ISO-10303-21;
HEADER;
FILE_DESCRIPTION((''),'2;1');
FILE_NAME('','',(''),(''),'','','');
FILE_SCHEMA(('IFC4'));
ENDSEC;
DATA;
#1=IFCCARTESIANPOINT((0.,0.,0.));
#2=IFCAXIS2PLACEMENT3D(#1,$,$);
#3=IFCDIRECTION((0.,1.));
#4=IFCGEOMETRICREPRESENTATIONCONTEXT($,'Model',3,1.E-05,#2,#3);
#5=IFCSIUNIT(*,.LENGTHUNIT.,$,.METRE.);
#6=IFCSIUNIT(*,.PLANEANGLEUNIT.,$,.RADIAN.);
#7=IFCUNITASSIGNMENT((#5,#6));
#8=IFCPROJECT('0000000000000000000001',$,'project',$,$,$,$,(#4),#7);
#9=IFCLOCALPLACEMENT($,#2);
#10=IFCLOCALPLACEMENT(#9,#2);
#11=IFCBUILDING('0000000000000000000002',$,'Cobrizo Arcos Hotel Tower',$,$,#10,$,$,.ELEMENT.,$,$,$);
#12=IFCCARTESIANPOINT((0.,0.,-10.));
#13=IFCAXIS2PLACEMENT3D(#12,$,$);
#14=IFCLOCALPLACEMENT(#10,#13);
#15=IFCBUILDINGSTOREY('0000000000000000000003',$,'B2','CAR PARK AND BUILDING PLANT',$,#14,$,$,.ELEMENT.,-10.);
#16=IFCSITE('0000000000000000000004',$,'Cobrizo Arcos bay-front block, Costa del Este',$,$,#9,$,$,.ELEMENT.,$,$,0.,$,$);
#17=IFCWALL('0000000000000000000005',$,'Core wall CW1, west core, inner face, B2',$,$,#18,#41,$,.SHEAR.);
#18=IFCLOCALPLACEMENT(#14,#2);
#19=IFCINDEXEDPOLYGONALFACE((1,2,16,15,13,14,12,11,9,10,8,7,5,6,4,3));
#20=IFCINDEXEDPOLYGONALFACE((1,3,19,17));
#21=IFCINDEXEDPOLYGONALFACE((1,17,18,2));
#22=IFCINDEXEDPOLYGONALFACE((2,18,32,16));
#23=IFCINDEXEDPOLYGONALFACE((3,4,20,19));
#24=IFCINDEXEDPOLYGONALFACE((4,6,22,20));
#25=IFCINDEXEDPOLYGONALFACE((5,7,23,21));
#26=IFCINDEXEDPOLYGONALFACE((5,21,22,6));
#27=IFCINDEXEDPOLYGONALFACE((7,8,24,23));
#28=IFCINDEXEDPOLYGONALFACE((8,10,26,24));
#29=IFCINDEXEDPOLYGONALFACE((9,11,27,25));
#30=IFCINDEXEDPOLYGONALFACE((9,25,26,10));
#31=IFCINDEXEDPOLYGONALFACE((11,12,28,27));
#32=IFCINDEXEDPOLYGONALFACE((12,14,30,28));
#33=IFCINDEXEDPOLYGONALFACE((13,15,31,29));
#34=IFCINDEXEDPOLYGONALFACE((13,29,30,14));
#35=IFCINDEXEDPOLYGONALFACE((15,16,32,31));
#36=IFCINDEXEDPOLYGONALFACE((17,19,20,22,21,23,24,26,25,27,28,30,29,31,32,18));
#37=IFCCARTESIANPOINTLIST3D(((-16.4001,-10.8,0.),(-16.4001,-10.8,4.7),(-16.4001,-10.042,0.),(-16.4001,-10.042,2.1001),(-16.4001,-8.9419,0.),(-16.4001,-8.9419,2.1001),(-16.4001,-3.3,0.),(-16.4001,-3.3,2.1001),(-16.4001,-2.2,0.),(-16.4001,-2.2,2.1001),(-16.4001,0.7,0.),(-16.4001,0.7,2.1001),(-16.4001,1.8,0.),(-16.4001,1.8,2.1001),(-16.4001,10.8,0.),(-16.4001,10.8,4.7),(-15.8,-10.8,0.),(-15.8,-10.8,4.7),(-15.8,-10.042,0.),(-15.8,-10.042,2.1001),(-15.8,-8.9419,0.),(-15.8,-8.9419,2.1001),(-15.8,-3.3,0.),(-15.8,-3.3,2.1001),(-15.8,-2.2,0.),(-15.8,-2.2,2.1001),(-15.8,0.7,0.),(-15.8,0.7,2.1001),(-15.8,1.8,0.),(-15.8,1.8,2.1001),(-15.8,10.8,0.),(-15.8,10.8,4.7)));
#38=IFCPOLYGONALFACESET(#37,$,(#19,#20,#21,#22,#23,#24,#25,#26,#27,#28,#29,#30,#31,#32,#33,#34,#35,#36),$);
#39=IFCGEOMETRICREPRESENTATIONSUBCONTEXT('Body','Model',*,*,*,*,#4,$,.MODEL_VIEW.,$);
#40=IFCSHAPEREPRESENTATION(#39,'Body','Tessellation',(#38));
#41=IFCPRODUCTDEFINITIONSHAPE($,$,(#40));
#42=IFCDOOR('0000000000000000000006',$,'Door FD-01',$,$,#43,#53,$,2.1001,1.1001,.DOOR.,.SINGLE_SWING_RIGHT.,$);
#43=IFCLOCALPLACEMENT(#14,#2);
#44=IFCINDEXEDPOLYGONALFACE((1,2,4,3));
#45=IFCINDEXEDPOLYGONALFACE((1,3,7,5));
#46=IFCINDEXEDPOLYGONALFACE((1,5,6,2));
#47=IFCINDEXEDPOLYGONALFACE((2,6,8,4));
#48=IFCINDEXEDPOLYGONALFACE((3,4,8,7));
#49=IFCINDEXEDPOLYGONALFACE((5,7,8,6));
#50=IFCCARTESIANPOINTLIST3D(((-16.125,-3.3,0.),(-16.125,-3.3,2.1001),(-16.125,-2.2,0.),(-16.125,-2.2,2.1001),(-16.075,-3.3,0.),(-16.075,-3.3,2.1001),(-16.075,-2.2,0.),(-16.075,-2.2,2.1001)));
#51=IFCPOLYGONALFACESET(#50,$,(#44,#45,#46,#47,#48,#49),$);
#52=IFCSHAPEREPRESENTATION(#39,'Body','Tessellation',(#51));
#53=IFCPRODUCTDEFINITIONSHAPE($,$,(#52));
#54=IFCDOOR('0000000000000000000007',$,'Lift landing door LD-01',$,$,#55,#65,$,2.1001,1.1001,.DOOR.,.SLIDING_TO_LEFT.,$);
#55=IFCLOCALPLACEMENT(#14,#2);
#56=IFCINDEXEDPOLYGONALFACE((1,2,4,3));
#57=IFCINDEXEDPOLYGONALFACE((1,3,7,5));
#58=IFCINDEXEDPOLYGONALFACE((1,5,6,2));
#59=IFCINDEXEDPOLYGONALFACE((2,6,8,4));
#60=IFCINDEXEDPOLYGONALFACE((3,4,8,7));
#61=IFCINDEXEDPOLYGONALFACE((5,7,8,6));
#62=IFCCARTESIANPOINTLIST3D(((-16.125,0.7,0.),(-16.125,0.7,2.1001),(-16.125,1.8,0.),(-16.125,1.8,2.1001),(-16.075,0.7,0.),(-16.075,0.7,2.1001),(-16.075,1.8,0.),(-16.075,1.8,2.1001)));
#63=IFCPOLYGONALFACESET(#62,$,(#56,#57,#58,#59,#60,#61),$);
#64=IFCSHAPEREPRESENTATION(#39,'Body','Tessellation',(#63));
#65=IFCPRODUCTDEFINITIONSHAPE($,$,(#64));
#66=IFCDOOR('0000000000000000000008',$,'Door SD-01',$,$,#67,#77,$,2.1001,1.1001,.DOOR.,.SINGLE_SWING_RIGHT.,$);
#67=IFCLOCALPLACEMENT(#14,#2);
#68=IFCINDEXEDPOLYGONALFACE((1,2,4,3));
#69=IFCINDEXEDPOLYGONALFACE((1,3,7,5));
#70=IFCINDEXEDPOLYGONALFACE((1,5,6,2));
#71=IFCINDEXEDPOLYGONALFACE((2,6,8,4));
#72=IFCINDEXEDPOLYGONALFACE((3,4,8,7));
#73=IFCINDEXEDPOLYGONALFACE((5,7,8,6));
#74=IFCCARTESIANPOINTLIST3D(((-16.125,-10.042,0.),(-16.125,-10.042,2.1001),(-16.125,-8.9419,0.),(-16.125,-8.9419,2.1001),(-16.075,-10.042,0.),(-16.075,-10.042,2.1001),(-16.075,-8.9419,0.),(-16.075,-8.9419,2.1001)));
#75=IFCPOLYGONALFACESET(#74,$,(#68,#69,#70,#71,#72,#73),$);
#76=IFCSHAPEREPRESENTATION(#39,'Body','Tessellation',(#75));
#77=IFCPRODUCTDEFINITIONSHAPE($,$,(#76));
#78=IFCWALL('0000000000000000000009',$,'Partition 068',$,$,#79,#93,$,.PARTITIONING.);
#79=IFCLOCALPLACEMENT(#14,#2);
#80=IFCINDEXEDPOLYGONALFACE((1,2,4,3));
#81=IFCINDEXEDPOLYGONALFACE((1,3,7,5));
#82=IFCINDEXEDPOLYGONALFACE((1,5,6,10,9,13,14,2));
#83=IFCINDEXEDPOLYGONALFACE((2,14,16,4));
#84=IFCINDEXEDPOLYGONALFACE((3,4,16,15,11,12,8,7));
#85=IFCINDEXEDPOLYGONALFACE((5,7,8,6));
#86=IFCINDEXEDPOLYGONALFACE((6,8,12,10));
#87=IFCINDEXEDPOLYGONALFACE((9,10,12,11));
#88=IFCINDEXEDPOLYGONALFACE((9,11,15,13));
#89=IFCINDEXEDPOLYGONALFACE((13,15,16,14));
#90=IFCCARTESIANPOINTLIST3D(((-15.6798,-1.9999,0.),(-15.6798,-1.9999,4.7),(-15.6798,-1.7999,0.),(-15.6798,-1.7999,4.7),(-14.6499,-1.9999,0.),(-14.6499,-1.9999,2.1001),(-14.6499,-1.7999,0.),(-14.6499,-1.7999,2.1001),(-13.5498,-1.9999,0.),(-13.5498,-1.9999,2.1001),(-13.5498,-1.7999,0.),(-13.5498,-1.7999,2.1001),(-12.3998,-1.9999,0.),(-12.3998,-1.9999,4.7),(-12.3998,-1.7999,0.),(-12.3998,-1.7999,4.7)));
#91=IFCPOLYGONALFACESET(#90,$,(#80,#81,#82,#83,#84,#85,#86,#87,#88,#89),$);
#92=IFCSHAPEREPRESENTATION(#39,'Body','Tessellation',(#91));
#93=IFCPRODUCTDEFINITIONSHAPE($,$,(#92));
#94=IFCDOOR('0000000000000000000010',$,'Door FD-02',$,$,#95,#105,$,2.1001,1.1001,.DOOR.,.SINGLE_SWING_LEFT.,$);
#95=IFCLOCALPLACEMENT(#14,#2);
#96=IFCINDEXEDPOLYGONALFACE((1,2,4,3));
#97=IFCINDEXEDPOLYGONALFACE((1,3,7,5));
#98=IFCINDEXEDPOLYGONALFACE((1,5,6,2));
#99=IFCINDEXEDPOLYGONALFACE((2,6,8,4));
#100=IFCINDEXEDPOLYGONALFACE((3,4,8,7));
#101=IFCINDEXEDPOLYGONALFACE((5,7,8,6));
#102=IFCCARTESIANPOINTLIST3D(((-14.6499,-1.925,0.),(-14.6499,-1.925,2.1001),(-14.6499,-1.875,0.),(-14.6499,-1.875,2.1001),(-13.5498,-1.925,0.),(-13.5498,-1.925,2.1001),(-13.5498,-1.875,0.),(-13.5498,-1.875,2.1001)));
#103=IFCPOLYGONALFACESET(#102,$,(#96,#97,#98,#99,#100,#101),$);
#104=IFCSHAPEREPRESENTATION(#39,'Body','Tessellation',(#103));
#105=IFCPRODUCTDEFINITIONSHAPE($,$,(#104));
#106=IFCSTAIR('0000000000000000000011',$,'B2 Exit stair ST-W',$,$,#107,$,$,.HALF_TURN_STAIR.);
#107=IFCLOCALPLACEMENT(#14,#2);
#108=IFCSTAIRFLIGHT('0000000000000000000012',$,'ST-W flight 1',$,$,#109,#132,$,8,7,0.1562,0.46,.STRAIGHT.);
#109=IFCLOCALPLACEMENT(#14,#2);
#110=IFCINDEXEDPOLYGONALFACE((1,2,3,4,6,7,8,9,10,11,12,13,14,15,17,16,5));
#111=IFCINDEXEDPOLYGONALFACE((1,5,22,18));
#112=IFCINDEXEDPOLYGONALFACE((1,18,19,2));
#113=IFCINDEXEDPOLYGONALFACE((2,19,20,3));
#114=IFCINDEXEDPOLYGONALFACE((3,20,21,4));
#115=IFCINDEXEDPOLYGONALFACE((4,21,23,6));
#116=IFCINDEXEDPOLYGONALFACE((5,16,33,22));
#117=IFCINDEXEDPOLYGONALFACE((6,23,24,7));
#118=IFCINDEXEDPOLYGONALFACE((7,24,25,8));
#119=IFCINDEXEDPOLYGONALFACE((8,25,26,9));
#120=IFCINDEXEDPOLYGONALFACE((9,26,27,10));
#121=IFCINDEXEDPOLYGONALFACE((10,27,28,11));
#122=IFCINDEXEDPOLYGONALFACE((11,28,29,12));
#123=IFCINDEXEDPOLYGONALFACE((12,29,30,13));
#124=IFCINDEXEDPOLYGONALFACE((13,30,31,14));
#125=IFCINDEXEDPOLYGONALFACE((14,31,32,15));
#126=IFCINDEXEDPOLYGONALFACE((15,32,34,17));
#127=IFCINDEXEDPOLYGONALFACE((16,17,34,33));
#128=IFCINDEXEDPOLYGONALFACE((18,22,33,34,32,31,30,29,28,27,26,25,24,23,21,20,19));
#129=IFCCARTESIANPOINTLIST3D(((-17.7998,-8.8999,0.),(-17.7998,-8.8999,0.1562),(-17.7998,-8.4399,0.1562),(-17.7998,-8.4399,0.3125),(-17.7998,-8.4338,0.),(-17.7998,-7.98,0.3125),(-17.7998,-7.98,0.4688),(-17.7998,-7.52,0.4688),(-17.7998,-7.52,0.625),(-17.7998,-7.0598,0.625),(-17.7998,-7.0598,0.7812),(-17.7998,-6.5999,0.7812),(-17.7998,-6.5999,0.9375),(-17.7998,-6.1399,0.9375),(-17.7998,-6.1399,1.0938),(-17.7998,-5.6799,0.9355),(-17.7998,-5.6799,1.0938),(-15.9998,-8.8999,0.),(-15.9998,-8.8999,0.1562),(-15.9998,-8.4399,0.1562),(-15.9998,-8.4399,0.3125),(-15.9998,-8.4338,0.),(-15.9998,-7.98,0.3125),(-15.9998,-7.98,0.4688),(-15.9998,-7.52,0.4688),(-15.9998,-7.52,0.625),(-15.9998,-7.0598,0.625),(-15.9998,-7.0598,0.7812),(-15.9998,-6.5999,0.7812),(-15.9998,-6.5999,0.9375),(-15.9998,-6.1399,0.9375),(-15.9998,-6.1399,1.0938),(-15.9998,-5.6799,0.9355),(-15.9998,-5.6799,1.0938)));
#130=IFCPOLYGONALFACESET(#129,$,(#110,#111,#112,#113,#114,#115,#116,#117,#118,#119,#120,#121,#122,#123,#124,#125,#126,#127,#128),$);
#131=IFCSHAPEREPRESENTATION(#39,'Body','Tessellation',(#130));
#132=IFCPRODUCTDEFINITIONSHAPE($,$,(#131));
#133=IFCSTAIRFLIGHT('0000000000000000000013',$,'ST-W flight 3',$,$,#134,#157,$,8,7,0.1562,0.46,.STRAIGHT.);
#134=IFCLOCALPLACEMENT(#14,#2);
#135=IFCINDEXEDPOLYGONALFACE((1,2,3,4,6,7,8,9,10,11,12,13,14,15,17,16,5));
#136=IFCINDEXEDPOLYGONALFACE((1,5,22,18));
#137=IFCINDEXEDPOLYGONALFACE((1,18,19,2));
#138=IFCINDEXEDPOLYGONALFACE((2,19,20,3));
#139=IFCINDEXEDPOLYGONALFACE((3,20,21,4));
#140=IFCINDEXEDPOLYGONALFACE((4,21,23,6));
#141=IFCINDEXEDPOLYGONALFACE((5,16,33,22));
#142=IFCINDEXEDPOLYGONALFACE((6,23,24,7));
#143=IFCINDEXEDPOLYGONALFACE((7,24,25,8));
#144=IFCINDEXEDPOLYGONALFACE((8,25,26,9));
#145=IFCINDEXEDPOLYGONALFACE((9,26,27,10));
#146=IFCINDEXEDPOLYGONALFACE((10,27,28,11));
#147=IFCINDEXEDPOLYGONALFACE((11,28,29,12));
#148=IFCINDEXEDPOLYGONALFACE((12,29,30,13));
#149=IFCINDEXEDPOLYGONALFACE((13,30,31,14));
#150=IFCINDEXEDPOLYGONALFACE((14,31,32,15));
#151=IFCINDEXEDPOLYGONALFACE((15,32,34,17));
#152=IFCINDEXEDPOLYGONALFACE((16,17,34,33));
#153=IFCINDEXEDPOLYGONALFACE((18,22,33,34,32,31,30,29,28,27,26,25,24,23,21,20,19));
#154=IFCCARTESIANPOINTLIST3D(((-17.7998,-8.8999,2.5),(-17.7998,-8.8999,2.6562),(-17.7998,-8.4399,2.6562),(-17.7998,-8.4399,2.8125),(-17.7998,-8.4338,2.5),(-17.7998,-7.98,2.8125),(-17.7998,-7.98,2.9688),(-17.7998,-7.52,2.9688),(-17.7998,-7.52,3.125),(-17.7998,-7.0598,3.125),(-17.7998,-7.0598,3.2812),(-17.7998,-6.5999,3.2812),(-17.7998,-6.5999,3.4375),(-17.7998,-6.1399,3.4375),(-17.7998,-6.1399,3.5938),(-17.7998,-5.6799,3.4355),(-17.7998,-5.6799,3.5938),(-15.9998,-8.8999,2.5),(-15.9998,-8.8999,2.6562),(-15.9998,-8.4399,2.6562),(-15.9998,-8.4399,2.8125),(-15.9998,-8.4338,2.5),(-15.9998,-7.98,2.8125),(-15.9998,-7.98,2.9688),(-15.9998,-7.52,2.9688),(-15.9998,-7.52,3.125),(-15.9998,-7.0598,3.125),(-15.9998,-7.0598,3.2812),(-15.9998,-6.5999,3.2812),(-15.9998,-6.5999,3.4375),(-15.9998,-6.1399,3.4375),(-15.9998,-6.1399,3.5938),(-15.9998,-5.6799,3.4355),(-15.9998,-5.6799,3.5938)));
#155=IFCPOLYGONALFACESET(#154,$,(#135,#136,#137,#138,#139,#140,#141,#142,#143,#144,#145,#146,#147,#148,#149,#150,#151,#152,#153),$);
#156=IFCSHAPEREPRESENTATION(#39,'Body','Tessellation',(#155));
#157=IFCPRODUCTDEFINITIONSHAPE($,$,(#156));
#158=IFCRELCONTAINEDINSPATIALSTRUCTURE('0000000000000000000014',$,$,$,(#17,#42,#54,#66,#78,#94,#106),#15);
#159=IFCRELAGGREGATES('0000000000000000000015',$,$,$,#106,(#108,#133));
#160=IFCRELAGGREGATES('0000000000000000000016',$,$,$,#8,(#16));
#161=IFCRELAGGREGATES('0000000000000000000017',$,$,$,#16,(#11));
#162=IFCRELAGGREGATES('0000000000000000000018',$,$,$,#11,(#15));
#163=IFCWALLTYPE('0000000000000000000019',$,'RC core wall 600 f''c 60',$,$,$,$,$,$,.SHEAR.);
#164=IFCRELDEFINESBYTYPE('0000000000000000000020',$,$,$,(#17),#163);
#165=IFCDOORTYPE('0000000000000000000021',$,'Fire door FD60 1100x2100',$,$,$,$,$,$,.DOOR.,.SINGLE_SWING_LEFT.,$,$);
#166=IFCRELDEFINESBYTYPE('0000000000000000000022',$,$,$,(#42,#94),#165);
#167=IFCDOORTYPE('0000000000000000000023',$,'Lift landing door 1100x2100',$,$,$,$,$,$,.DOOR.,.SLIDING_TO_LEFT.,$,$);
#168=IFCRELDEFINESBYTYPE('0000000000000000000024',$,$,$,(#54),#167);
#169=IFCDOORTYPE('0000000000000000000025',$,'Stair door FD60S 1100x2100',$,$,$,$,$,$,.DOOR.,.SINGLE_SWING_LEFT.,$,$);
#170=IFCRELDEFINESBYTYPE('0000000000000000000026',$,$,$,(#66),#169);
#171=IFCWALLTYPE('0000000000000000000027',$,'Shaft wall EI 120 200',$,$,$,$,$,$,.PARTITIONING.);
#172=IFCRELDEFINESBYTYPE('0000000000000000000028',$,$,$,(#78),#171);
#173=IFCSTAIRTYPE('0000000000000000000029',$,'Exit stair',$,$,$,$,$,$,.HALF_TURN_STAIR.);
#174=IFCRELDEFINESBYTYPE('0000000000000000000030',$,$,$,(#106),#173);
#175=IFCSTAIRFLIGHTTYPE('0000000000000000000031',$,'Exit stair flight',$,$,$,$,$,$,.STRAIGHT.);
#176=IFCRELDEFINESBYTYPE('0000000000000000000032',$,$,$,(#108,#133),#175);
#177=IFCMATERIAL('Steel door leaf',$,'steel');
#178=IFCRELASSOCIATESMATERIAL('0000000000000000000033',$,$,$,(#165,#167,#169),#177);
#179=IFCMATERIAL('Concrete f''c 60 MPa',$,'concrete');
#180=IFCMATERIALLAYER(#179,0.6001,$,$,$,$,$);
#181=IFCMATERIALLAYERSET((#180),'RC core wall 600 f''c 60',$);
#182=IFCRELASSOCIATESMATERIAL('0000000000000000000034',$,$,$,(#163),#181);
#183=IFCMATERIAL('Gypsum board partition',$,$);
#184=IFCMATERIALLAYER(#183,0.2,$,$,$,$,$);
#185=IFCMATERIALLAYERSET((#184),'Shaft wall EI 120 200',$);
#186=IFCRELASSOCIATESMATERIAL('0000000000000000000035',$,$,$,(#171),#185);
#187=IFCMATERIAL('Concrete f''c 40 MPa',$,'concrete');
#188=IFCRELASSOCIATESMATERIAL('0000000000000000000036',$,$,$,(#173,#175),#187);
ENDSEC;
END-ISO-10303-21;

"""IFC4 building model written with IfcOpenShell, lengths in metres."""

from ifc_helpers import new_model, si_unit, direction, frame, frame_2d, origin, place, context, subcontext, project, spatial, polyline, rectangle, outline, extrude, material, layer, layer_set, type_object, element, fill, aggregate, save


model = new_model("IFC4")

# Units and contexts
model_context = context("Model", 3, precision=1e-05, world=origin(), true_north=direction((0.0, 1.0)))
body_context = subcontext(model_context, "Body", "Model", "MODEL_VIEW")
ifc_project = project(units=[si_unit("LENGTHUNIT", "METRE"), si_unit("PLANEANGLEUNIT", "RADIAN")], contexts=[model_context])

# Site, building, storey
site_placement = place(None, origin())
site = spatial("IfcSite", under=ifc_project, at=site_placement, Name="Cobrizo Arcos bay-front block, Costa del Este", CompositionType="ELEMENT", RefElevation=0.0)
building_placement = place(site_placement, origin())
building = spatial("IfcBuilding", under=site, at=building_placement, Name="Cobrizo Arcos Hotel Tower", CompositionType="ELEMENT")
storey_placement = place(building_placement, frame((0.0, 0.0, -10.0)))
storey = spatial("IfcBuildingStorey", under=building, at=storey_placement, Name="B2", Description="CAR PARK AND BUILDING PLANT", CompositionType="ELEMENT", Elevation=-10.0)

# Shared definitions
ifc_material_1 = material(Name="Concrete f'c 40 MPa", Category="concrete")

# Shared definitions
ifc_material_2 = material(Name="Gypsum board partition")

# Shared definitions
ifc_material_3 = material(Name="Steel door leaf", Category="steel")
door_type_1 = type_object("IfcDoorType", Name="Fire door FD60 1100x2100", OperationType="SINGLE_SWING_LEFT", PredefinedType="DOOR", material=ifc_material_3)

# Wall, openings, doors
ifc_material_4 = material(Name="Concrete f'c 60 MPa", Category="concrete")
ifc_layer_1 = layer(ifc_material_4, 0.6001)
ifc_layer_set_1 = layer_set([ifc_layer_1], Name="RC core wall 600 f'c 60")
wall_type_1 = type_object("IfcWallType", Name="RC core wall 600 f'c 60", PredefinedType="SHEAR", material=ifc_layer_set_1)
wall_1_placement = place(storey_placement, frame((-16.1001, -10.8, 0.0), z_axis=(0.0, 0.0, 1.0), x_axis=(0.0, 1.0, 0.0)))
wall_1 = element("IfcWall", 1, at=wall_1_placement, inside=storey, type_object=wall_type_1, Name="Core wall CW1, west core, inner face, B2", PredefinedType="SHEAR", context=body_context, shape_type="SweptSolid", body=[
    extrude(rectangle(XDim=21.6001, YDim=0.6001, at=frame_2d((10.8, 0.0))), origin(), (0.0, 0.0, 1.0), 4.7),
])
opening_1_placement = place(wall_1_placement, frame((11.5, 0.0, 0.0)))
opening_1 = element("IfcOpeningElement", 2, at=opening_1_placement, cuts=wall_1, PredefinedType="OPENING", context=body_context, shape_type="SweptSolid", body=[
    extrude(rectangle(XDim=1.1001, YDim=2.1001, at=frame_2d((0.55, 1.05))), frame((0.0, 0.312, 0.0), z_axis=(0.0, -1.0, 0.0), x_axis=(1.0, 0.0, 0.0)), (0.0, 0.0, 1.0), 0.624),
])
opening_2_placement = place(wall_1_placement, frame((0.7581, 0.0, 0.0)))
opening_2 = element("IfcOpeningElement", 3, at=opening_2_placement, cuts=wall_1, PredefinedType="OPENING", context=body_context, shape_type="SweptSolid", body=[
    extrude(rectangle(XDim=1.1001, YDim=2.1001, at=frame_2d((0.55, 1.05))), frame((0.0, 0.312, 0.0), z_axis=(0.0, -1.0, 0.0), x_axis=(1.0, 0.0, 0.0)), (0.0, 0.0, 1.0), 0.624),
])
opening_3_placement = place(wall_1_placement, frame((7.5, 0.0, 0.0)))
opening_3 = element("IfcOpeningElement", 4, at=opening_3_placement, cuts=wall_1, PredefinedType="OPENING", context=body_context, shape_type="SweptSolid", body=[
    extrude(rectangle(XDim=1.1001, YDim=2.1001, at=frame_2d((0.55, 1.05))), frame((0.0, 0.312, 0.0), z_axis=(0.0, -1.0, 0.0), x_axis=(1.0, 0.0, 0.0)), (0.0, 0.0, 1.0), 0.624),
])
door_1_placement = place(opening_3_placement, origin())
door_1 = element("IfcDoor", 5, at=door_1_placement, inside=storey, type_object=door_type_1, Name="Door FD-01", OperationType="SINGLE_SWING_RIGHT", OverallHeight=2.1001, OverallWidth=1.1001, PredefinedType="DOOR", context=body_context, shape_type="SweptSolid", body=[
    extrude(rectangle(XDim=1.1001, YDim=2.1001, at=frame_2d((0.55, 1.05))), frame((0.0, 0.0249, 0.0), z_axis=(0.0, -1.0, 0.0), x_axis=(1.0, 0.0, 0.0)), (0.0, 0.0, 1.0), 0.05),
])
fill(opening_3, door_1)
door_type_2 = type_object("IfcDoorType", Name="Lift landing door 1100x2100", OperationType="SLIDING_TO_LEFT", PredefinedType="DOOR", material=ifc_material_3)
door_2_placement = place(opening_1_placement, origin())
door_2 = element("IfcDoor", 6, at=door_2_placement, inside=storey, type_object=door_type_2, Name="Lift landing door LD-01", OperationType="SLIDING_TO_LEFT", OverallHeight=2.1001, OverallWidth=1.1001, PredefinedType="DOOR", context=body_context, shape_type="SweptSolid", body=[
    extrude(rectangle(XDim=1.1001, YDim=2.1001, at=frame_2d((0.55, 1.05))), frame((0.0, 0.0249, 0.0), z_axis=(0.0, -1.0, 0.0), x_axis=(1.0, 0.0, 0.0)), (0.0, 0.0, 1.0), 0.05),
])
fill(opening_1, door_2)
door_type_3 = type_object("IfcDoorType", Name="Stair door FD60S 1100x2100", OperationType="SINGLE_SWING_LEFT", PredefinedType="DOOR", material=ifc_material_3)
door_3_placement = place(opening_2_placement, origin())
door_3 = element("IfcDoor", 7, at=door_3_placement, inside=storey, type_object=door_type_3, Name="Door SD-01", OperationType="SINGLE_SWING_RIGHT", OverallHeight=2.1001, OverallWidth=1.1001, PredefinedType="DOOR", context=body_context, shape_type="SweptSolid", body=[
    extrude(rectangle(XDim=1.1001, YDim=2.1001, at=frame_2d((0.55, 1.05))), frame((0.0, 0.0249, 0.0), z_axis=(0.0, -1.0, 0.0), x_axis=(1.0, 0.0, 0.0)), (0.0, 0.0, 1.0), 0.05),
])
fill(opening_2, door_3)

# Wall, opening, door
ifc_layer_2 = layer(ifc_material_2, 0.2)
ifc_layer_set_2 = layer_set([ifc_layer_2], Name="Shaft wall EI 120 200")
wall_type_2 = type_object("IfcWallType", Name="Shaft wall EI 120 200", PredefinedType="PARTITIONING", material=ifc_layer_set_2)
wall_2_placement = place(storey_placement, frame((-15.6799, -1.8999, 0.0), z_axis=(0.0, 0.0, 1.0), x_axis=(1.0, 0.0, 0.0)))
wall_2 = element("IfcWall", 8, at=wall_2_placement, inside=storey, type_object=wall_type_2, Name="Partition 068", PredefinedType="PARTITIONING", context=body_context, shape_type="SweptSolid", body=[
    extrude(rectangle(XDim=3.28, YDim=0.2, at=frame_2d((1.6401, 0.0))), origin(), (0.0, 0.0, 1.0), 4.7),
])
opening_4_placement = place(wall_2_placement, frame((1.03, 0.0, 0.0)))
opening_4 = element("IfcOpeningElement", 9, at=opening_4_placement, cuts=wall_2, PredefinedType="OPENING", context=body_context, shape_type="SweptSolid", body=[
    extrude(rectangle(XDim=1.1001, YDim=2.1001, at=frame_2d((0.55, 1.05))), frame((0.0, 0.1121, 0.0), z_axis=(0.0, -1.0, 0.0), x_axis=(1.0, 0.0, 0.0)), (0.0, 0.0, 1.0), 0.2239),
])
door_4_placement = place(opening_4_placement, origin())
door_4 = element("IfcDoor", 10, at=door_4_placement, inside=storey, type_object=door_type_1, Name="Door FD-02", OperationType="SINGLE_SWING_LEFT", OverallHeight=2.1001, OverallWidth=1.1001, PredefinedType="DOOR", context=body_context, shape_type="SweptSolid", body=[
    extrude(rectangle(XDim=1.1001, YDim=2.1001, at=frame_2d((0.55, 1.05))), frame((0.0, 0.0249, 0.0), z_axis=(0.0, -1.0, 0.0), x_axis=(1.0, 0.0, 0.0)), (0.0, 0.0, 1.0), 0.05),
])
fill(opening_4, door_4)

# Stair, stair flights
stair_type = type_object("IfcStairType", Name="Exit stair", PredefinedType="HALF_TURN_STAIR", material=ifc_material_1)
stair_placement = place(storey_placement, origin())
stair = element("IfcStair", 11, at=stair_placement, inside=storey, type_object=stair_type, Name="B2 Exit stair ST-W", PredefinedType="HALF_TURN_STAIR")
stair_flight_type = type_object("IfcStairFlightType", Name="Exit stair flight", PredefinedType="STRAIGHT", material=ifc_material_1)
stair_flight_1_placement = place(storey_placement, frame((-16.8999, -8.8999, 0.0), z_axis=(0.0, 0.0, 1.0), x_axis=(0.0, 1.0, 0.0)))
stair_flight_1 = element("IfcStairFlight", 12, at=stair_flight_1_placement, type_object=stair_flight_type, Name="ST-W flight 1", NumberOfRisers=8, NumberOfTreads=7, PredefinedType="STRAIGHT", RiserHeight=0.1562, TreadLength=0.46, context=body_context, shape_type="SweptSolid", body=[
    extrude(outline(polyline([(0.0, 0.0), (0.0, 0.1562), (0.46, 0.1562), (0.46, 0.3125), (0.9199, 0.3125), (0.9199, 0.4688), (1.3799, 0.4688), (1.3799, 0.625), (1.8401, 0.625), (1.8401, 0.7812), (2.3, 0.7812), (2.3, 0.9375), (2.76, 0.9375), (2.76, 1.0938), (3.22, 1.0938), (3.22, 1.25), (3.22, 0.9355), (0.4661, 0.0), (0.0, 0.0)])), frame((0.0, 0.8999, 0.0), z_axis=(0.0, -1.0, 0.0), x_axis=(1.0, 0.0, 0.0)), (0.0, 0.0, 1.0), 1.8),
])
stair_flight_2_placement = place(storey_placement, frame((-16.8999, -8.8999, 2.5), z_axis=(0.0, 0.0, 1.0), x_axis=(0.0, 1.0, 0.0)))
stair_flight_2 = element("IfcStairFlight", 13, at=stair_flight_2_placement, type_object=stair_flight_type, Name="ST-W flight 3", NumberOfRisers=8, NumberOfTreads=7, PredefinedType="STRAIGHT", RiserHeight=0.1562, TreadLength=0.46, context=body_context, shape_type="SweptSolid", body=[
    extrude(outline(polyline([(0.0, 0.0), (0.0, 0.1562), (0.46, 0.1562), (0.46, 0.3125), (0.9199, 0.3125), (0.9199, 0.4688), (1.3799, 0.4688), (1.3799, 0.625), (1.8401, 0.625), (1.8401, 0.7812), (2.3, 0.7812), (2.3, 0.9375), (2.76, 0.9375), (2.76, 1.0938), (3.22, 1.0938), (3.22, 1.25), (3.22, 0.9355), (0.4661, 0.0), (0.0, 0.0)])), frame((0.0, 0.8999, 0.0), z_axis=(0.0, -1.0, 0.0), x_axis=(1.0, 0.0, 0.0)), (0.0, 0.0, 1.0), 1.8),
])
aggregate(stair, [stair_flight_1, stair_flight_2])

save(model, "model.ifc")
